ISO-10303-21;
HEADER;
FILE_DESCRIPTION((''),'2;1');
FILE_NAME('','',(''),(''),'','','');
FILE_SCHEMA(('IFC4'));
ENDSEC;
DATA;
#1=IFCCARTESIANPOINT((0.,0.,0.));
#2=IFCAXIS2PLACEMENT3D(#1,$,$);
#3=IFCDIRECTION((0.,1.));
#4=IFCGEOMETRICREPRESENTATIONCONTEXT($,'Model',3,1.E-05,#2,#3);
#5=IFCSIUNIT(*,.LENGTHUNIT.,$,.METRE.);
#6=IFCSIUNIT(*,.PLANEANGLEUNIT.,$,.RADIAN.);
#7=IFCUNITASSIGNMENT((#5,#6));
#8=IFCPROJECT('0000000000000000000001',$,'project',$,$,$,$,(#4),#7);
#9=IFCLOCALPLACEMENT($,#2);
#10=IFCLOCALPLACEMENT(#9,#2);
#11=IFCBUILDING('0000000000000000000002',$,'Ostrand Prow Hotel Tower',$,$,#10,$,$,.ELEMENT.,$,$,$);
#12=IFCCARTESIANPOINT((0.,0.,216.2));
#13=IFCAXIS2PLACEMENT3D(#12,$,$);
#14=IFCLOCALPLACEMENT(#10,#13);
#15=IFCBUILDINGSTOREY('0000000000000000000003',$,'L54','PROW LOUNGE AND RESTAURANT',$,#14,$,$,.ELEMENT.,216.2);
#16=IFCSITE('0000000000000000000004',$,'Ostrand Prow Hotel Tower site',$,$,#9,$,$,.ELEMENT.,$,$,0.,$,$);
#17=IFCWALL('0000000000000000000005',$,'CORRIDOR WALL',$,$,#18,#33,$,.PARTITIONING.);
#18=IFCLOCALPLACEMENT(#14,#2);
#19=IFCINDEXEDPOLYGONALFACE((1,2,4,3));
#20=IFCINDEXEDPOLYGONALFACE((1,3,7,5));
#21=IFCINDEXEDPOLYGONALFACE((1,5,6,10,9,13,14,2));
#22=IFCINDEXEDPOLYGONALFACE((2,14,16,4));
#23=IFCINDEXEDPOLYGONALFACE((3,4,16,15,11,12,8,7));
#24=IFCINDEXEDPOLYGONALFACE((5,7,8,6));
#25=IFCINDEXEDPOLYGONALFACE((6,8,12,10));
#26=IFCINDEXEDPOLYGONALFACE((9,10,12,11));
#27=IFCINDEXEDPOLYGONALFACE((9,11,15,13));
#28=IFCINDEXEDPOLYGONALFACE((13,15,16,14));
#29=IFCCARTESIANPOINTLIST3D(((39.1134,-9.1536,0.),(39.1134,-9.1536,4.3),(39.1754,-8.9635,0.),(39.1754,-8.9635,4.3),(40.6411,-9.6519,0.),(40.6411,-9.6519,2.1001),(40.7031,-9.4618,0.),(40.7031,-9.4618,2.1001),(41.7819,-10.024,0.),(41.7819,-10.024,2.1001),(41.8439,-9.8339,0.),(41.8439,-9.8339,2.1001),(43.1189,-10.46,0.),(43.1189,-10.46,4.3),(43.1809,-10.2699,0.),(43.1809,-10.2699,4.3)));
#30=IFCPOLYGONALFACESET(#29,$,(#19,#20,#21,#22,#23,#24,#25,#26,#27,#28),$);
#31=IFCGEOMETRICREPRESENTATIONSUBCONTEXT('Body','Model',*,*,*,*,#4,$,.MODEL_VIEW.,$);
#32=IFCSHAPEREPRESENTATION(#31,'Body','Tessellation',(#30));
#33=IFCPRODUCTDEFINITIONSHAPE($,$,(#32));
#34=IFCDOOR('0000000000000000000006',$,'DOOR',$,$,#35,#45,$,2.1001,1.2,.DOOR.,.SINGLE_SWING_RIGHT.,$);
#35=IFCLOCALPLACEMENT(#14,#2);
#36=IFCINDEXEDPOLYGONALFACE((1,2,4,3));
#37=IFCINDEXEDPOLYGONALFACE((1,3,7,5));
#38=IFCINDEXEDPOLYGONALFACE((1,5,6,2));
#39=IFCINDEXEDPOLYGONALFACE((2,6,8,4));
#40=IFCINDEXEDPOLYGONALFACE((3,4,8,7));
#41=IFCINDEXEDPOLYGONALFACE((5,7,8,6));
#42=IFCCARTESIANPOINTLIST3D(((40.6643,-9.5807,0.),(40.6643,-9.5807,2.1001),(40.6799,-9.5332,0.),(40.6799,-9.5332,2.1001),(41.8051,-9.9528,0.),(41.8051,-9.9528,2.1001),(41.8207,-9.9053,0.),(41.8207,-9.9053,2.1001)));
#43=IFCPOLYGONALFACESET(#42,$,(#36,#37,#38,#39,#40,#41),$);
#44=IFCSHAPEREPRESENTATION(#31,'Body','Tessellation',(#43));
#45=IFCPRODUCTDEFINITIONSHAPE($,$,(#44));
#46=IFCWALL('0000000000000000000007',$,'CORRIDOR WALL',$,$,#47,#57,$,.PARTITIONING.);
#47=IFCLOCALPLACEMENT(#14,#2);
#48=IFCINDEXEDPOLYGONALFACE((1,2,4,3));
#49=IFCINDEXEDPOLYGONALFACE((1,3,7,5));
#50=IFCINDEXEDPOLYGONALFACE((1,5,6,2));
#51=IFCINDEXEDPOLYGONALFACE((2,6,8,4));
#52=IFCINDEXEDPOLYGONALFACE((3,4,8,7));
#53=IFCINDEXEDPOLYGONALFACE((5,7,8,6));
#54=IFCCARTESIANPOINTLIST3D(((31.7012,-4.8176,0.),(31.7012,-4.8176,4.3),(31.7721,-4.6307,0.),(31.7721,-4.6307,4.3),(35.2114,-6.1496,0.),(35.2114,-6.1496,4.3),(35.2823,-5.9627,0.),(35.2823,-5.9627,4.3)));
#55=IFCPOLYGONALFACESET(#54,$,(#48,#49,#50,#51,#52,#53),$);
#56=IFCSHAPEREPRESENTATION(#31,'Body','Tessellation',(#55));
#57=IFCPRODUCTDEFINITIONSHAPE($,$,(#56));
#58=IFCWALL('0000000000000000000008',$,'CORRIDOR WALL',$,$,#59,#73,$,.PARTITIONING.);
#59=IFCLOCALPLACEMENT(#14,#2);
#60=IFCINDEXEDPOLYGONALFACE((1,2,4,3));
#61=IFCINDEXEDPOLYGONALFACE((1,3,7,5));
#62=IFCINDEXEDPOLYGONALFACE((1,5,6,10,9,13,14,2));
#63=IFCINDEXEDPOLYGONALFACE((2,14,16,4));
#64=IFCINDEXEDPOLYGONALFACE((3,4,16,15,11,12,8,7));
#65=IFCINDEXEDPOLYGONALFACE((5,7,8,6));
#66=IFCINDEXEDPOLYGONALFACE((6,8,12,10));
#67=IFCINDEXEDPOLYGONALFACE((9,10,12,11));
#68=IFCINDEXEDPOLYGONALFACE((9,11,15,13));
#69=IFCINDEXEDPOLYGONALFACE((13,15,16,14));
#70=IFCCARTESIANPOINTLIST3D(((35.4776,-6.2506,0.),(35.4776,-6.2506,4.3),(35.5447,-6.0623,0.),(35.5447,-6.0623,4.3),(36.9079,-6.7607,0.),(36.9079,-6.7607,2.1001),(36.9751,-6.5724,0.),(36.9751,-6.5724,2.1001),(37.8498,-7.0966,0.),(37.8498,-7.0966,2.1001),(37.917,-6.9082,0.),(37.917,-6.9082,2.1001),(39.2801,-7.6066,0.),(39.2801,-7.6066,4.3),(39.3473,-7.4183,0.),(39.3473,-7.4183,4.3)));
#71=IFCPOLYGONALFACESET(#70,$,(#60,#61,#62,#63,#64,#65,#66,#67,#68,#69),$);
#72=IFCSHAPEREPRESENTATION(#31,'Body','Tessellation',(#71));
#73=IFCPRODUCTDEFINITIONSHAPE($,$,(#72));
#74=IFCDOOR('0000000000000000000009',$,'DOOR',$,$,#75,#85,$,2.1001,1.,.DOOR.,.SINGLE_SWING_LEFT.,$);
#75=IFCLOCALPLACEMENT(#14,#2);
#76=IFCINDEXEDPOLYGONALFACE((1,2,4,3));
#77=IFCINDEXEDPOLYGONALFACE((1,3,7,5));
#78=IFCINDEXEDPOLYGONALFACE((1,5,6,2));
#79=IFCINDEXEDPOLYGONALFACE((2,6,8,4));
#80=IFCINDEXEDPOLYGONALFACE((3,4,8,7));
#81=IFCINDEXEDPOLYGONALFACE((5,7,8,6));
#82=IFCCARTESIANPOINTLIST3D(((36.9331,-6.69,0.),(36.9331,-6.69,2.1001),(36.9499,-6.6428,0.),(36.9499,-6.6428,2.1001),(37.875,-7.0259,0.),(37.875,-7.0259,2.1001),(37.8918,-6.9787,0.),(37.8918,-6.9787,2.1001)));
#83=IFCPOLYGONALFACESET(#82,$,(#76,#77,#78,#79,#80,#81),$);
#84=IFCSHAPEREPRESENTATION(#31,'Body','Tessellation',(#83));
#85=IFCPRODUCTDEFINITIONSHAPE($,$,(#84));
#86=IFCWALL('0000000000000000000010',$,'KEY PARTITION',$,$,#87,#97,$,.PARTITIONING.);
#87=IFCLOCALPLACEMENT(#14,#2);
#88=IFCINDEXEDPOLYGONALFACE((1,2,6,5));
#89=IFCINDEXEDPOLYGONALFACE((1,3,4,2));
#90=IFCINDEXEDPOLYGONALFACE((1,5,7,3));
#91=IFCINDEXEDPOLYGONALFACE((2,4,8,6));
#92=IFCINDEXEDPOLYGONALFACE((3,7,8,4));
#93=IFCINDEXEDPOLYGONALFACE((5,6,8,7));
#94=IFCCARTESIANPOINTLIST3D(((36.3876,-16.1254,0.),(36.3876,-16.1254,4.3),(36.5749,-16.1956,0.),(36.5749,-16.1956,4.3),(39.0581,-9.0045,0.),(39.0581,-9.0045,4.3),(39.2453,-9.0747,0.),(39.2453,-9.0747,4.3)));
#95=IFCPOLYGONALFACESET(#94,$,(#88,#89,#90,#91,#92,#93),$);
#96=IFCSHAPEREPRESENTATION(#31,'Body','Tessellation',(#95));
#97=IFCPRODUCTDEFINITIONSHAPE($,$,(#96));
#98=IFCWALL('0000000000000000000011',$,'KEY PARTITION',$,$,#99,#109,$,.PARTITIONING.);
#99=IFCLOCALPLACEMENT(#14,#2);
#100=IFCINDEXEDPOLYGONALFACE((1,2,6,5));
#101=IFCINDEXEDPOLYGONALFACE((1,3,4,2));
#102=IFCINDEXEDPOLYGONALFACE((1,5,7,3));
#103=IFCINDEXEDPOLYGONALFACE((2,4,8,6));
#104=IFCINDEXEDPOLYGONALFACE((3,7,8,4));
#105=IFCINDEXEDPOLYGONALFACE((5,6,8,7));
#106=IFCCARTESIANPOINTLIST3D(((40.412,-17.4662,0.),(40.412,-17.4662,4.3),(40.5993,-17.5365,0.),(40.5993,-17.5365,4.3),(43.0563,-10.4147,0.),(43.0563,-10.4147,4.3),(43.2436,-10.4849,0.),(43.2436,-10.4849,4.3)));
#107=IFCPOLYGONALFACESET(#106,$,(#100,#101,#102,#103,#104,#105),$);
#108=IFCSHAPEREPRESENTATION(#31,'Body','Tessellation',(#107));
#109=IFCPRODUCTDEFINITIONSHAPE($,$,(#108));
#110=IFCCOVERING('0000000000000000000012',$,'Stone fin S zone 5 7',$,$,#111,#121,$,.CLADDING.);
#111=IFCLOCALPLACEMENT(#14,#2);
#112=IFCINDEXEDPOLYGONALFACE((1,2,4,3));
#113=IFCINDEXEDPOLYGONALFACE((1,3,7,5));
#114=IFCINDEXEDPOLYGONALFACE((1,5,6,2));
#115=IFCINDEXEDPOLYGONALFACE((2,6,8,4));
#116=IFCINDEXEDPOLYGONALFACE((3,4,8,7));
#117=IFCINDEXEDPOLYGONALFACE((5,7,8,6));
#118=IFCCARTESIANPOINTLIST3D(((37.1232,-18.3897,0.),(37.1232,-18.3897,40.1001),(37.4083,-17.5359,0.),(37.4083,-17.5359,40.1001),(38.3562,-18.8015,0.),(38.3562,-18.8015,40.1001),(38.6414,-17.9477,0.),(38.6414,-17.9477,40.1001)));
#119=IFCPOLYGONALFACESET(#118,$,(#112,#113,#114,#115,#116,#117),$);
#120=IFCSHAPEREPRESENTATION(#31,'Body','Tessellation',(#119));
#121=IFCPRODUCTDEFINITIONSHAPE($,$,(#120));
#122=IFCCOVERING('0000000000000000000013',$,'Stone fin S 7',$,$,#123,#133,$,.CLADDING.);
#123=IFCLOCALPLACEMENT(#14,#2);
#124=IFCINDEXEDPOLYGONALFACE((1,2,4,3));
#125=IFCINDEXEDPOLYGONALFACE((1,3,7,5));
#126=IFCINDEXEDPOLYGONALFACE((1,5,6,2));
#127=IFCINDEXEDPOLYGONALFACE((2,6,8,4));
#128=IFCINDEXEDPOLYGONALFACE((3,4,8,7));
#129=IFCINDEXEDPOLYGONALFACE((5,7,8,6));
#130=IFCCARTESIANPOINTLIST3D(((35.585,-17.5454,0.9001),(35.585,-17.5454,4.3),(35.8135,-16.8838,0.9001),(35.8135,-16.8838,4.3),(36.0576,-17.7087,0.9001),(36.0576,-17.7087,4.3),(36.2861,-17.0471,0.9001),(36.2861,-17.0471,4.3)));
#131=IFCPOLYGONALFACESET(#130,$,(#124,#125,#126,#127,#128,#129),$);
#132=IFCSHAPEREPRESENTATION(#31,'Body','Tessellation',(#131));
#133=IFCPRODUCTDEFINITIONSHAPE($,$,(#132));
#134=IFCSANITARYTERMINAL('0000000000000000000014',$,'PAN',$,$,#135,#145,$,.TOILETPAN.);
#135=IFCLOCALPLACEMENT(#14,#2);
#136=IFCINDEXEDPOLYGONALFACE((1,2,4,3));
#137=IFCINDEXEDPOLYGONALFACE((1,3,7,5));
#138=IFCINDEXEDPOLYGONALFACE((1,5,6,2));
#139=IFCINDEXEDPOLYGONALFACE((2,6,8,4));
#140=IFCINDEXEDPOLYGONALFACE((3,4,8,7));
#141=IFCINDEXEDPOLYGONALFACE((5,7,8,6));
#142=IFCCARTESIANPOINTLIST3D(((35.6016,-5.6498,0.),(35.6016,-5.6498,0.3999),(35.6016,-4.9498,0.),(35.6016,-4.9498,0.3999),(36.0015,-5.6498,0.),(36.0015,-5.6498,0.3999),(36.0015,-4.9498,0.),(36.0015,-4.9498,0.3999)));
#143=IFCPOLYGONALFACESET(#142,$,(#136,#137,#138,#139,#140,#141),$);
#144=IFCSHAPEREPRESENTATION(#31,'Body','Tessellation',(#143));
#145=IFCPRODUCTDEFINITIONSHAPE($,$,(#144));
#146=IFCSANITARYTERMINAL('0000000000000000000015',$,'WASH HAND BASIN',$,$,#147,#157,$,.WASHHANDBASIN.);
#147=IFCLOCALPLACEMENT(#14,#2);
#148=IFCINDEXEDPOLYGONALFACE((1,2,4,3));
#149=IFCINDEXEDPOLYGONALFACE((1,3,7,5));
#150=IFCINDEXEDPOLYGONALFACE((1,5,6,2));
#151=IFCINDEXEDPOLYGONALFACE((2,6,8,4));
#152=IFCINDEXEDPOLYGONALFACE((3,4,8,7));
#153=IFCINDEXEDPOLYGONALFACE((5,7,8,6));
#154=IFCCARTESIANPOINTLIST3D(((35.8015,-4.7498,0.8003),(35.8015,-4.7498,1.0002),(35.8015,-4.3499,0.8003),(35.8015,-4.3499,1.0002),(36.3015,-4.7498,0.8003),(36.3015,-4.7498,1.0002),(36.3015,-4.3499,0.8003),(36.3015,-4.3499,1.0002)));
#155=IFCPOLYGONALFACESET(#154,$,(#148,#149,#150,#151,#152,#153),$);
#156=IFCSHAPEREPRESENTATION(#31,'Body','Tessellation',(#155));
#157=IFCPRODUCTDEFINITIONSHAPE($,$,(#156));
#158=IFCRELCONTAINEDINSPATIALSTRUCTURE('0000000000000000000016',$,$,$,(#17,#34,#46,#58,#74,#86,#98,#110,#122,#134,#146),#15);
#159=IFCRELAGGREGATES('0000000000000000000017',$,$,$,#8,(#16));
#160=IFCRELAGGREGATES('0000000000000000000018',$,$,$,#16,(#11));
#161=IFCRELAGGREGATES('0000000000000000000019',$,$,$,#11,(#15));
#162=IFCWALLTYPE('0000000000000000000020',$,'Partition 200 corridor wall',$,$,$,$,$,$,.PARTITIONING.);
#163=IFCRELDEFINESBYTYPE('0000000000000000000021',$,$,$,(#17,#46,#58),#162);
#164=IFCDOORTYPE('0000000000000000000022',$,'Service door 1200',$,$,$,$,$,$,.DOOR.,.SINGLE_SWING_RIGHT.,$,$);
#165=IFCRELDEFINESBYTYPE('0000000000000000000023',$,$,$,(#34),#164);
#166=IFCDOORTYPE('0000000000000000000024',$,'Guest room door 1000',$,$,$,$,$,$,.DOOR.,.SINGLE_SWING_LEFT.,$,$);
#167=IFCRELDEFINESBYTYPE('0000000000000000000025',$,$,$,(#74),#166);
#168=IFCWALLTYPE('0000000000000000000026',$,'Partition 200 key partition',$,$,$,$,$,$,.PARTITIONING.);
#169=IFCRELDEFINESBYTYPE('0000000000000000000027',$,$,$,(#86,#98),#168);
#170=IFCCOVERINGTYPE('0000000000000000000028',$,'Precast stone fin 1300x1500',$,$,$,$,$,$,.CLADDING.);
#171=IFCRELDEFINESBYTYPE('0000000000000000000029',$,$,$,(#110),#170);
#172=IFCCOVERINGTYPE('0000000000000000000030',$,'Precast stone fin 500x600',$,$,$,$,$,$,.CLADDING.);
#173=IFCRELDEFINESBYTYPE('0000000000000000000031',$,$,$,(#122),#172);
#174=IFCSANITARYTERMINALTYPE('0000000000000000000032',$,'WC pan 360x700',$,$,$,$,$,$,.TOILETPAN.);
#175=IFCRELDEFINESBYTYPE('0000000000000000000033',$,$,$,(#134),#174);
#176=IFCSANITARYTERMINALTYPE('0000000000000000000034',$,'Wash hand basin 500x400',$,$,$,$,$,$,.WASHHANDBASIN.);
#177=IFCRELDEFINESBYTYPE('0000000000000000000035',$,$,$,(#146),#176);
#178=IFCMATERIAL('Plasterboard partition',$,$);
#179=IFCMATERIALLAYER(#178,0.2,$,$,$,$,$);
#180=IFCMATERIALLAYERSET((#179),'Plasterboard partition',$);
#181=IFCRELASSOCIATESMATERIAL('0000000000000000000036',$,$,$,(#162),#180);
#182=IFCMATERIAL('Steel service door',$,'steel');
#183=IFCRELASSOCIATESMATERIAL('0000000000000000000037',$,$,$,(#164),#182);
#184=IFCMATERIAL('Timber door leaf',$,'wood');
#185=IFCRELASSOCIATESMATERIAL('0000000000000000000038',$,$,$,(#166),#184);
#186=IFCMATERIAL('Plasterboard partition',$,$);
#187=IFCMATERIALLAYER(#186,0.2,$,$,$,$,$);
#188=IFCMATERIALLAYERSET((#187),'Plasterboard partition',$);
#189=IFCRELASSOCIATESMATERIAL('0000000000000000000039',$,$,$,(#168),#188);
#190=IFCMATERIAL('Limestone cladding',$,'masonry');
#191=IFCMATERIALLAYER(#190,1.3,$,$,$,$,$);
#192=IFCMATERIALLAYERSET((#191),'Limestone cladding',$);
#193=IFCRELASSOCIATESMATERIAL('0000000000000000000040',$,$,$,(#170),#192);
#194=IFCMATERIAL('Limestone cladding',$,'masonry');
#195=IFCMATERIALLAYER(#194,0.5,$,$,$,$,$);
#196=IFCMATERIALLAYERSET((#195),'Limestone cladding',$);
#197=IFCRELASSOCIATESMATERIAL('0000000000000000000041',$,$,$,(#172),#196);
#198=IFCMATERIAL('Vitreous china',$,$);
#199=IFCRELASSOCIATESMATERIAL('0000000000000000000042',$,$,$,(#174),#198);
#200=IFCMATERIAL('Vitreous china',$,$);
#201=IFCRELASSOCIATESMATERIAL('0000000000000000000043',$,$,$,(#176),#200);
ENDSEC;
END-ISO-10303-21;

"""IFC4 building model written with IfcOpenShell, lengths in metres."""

from ifc_helpers import new_model, si_unit, direction, frame, frame_2d, origin, origin_2d, place, context, subcontext, project, spatial, rectangle, extrude, material, layer, layer_set, type_object, element, fill, save


model = new_model("IFC4")

# Units and contexts
model_context = context("Model", 3, precision=1e-05, world=origin(), true_north=direction((0.0, 1.0)))
body_context = subcontext(model_context, "Body", "Model", "MODEL_VIEW")
ifc_project = project(units=[si_unit("LENGTHUNIT", "METRE"), si_unit("PLANEANGLEUNIT", "RADIAN")], contexts=[model_context])

# Site, building, storey
site_placement = place(None, origin())
site = spatial("IfcSite", under=ifc_project, at=site_placement, Name="Ostrand Prow Hotel Tower site", CompositionType="ELEMENT", RefElevation=0.0)
building_placement = place(site_placement, origin())
building = spatial("IfcBuilding", under=site, at=building_placement, Name="Ostrand Prow Hotel Tower", CompositionType="ELEMENT")
storey_placement = place(building_placement, frame((0.0, 0.0, 216.2)))
storey = spatial("IfcBuildingStorey", under=building, at=storey_placement, Name="L54", Description="PROW LOUNGE AND RESTAURANT", CompositionType="ELEMENT", Elevation=216.2)

# Wall, opening, door
ifc_material_1 = material(Name="Plasterboard partition")
ifc_layer_1 = layer(ifc_material_1, 0.2)
ifc_layer_set_1 = layer_set([ifc_layer_1], Name="Plasterboard partition")
wall_type_1 = type_object("IfcWallType", Name="Partition 200 corridor wall", PredefinedType="PARTITIONING", material=ifc_layer_set_1)
wall_1_placement = place(storey_placement, frame((39.1445, -9.0586, 0.0), z_axis=(0.0, 0.0, 1.0), x_axis=(0.950709, -0.310084, 0.0)))
wall_1 = element("IfcWall", 1, at=wall_1_placement, inside=storey, type_object=wall_type_1, Name="CORRIDOR WALL", PredefinedType="PARTITIONING", context=body_context, shape_type="SweptSolid", body=[
    extrude(rectangle(XDim=4.2131, YDim=0.2, at=frame_2d((2.1064, 0.0))), origin(), (0.0, 0.0, 1.0), 4.3),
])
opening_1_placement = place(wall_1_placement, frame((1.6067, 0.0, 0.0)))
opening_1 = element("IfcOpeningElement", 2, at=opening_1_placement, cuts=wall_1, PredefinedType="OPENING", context=body_context, shape_type="SweptSolid", body=[
    extrude(rectangle(XDim=1.2, YDim=2.1001, at=frame_2d((0.6001, 1.05))), frame((0.0, 0.1099, 0.0), z_axis=(0.0, -1.0, 0.0), x_axis=(1.0, 0.0, 0.0)), (0.0, 0.0, 1.0), 0.22),
])
ifc_material_2 = material(Name="Steel service door", Category="steel")
door_type_1 = type_object("IfcDoorType", Name="Service door 1200", OperationType="SINGLE_SWING_RIGHT", PredefinedType="DOOR", material=ifc_material_2)
door_1_placement = place(opening_1_placement, origin())
door_1 = element("IfcDoor", 3, at=door_1_placement, inside=storey, type_object=door_type_1, Name="DOOR", OperationType="SINGLE_SWING_RIGHT", OverallHeight=2.1001, OverallWidth=1.2, PredefinedType="DOOR", context=body_context, shape_type="SweptSolid", body=[
    extrude(rectangle(XDim=1.2, YDim=2.1001, at=frame_2d((0.6001, 1.05))), frame((0.0, 0.0249, 0.0), z_axis=(0.0, -1.0, 0.0), x_axis=(1.0, 0.0, 0.0)), (0.0, 0.0, 1.0), 0.05),
])
fill(opening_1, door_1)

# Wall
wall_2_placement = place(storey_placement, frame((35.2468, -6.0562, 0.0), z_axis=(0.0, 0.0, 1.0), x_axis=(-0.934948, 0.354784, 0.0)))
element("IfcWall", 4, at=wall_2_placement, inside=storey, type_object=wall_type_1, Name="CORRIDOR WALL", PredefinedType="PARTITIONING", context=body_context, shape_type="SweptSolid", body=[
    extrude(rectangle(XDim=3.7544, YDim=0.2, at=frame_2d((1.8772, 0.0))), origin(), (0.0, 0.0, 1.0), 4.3),
])

# Wall, opening, door
wall_3_placement = place(storey_placement, frame((39.3137, -7.5125, 0.0), z_axis=(0.0, 0.0, 1.0), x_axis=(-0.941905, 0.33588, 0.0)))
wall_3 = element("IfcWall", 5, at=wall_3_placement, inside=storey, type_object=wall_type_1, Name="CORRIDOR WALL", PredefinedType="PARTITIONING", context=body_context, shape_type="SweptSolid", body=[
    extrude(rectangle(XDim=4.0371, YDim=0.2, at=frame_2d((2.0186, 0.0))), origin(), (0.0, 0.0, 1.0), 4.3),
])
opening_2_placement = place(wall_3_placement, frame((1.5186, 0.0, 0.0)))
opening_2 = element("IfcOpeningElement", 6, at=opening_2_placement, cuts=wall_3, PredefinedType="OPENING", context=body_context, shape_type="SweptSolid", body=[
    extrude(rectangle(XDim=1.0, YDim=2.1001, at=frame_2d((0.5, 1.05))), frame((0.0, 0.1099, 0.0), z_axis=(0.0, -1.0, 0.0), x_axis=(1.0, 0.0, 0.0)), (0.0, 0.0, 1.0), 0.22),
])
ifc_material_3 = material(Name="Timber door leaf", Category="wood")
door_type_2 = type_object("IfcDoorType", Name="Guest room door 1000", OperationType="SINGLE_SWING_LEFT", PredefinedType="DOOR", material=ifc_material_3)
door_2_placement = place(opening_2_placement, origin())
door_2 = element("IfcDoor", 7, at=door_2_placement, inside=storey, type_object=door_type_2, Name="DOOR", OperationType="SINGLE_SWING_LEFT", OverallHeight=2.1001, OverallWidth=1.0, PredefinedType="DOOR", context=body_context, shape_type="SweptSolid", body=[
    extrude(rectangle(XDim=1.0, YDim=2.1001, at=frame_2d((0.5, 1.05))), frame((0.0, 0.0249, 0.0), z_axis=(0.0, -1.0, 0.0), x_axis=(1.0, 0.0, 0.0)), (0.0, 0.0, 1.0), 0.05),
])
fill(opening_2, door_2)

# Walls
ifc_material_4 = material(Name="Plasterboard partition")
ifc_layer_2 = layer(ifc_material_4, 0.2)
ifc_layer_set_2 = layer_set([ifc_layer_2], Name="Plasterboard partition")
wall_type_2 = type_object("IfcWallType", Name="Partition 200 key partition", PredefinedType="PARTITIONING", material=ifc_layer_set_2)
wall_4_placement = place(storey_placement, frame((36.4812, -16.1606, 0.0), z_axis=(0.0, 0.0, 1.0), x_axis=(0.351134, 0.936325, 0.0)))
element("IfcWall", 8, at=wall_4_placement, inside=storey, type_object=wall_type_2, Name="KEY PARTITION", PredefinedType="PARTITIONING", context=body_context, shape_type="SweptSolid", body=[
    extrude(rectangle(XDim=7.6052, YDim=0.2, at=frame_2d((3.8027, 0.0))), origin(), (0.0, 0.0, 1.0), 4.3),
])
wall_5_placement = place(storey_placement, frame((40.5056, -17.5015, 0.0), z_axis=(0.0, 0.0, 1.0), x_axis=(0.35112, 0.936331, 0.0)))
element("IfcWall", 9, at=wall_5_placement, inside=storey, type_object=wall_type_2, Name="KEY PARTITION", PredefinedType="PARTITIONING", context=body_context, shape_type="SweptSolid", body=[
    extrude(rectangle(XDim=7.531, YDim=0.2, at=frame_2d((3.7656, 0.0))), origin(), (0.0, 0.0, 1.0), 4.3),
])

# Coverings
ifc_material_5 = material(Name="Limestone cladding", Category="masonry")
ifc_layer_3 = layer(ifc_material_5, 1.3)
ifc_layer_set_3 = layer_set([ifc_layer_3], Name="Limestone cladding")
covering_type_1 = type_object("IfcCoveringType", Name="Precast stone fin 1300x1500", PredefinedType="CLADDING", material=ifc_layer_set_3)
covering_1_placement = place(storey_placement, frame((38.0249, -17.7417, 0.0), z_axis=(0.0, 0.0, 1.0), x_axis=(-0.316797, -0.948493, 0.0)))
element("IfcCovering", 10, at=covering_1_placement, inside=storey, type_object=covering_type_1, Name="Stone fin S zone 5 7", PredefinedType="CLADDING", context=body_context, shape_type="SweptSolid", body=[
    extrude(rectangle(XDim=0.9001, YDim=1.3, at=frame_2d((0.4502, 0.0))), origin(), (0.0, 0.0, 1.0), 40.1001),
])
ifc_material_6 = material(Name="Limestone cladding", Category="masonry")
ifc_layer_4 = layer(ifc_material_6, 0.5)
ifc_layer_set_4 = layer_set([ifc_layer_4], Name="Limestone cladding")
covering_type_2 = type_object("IfcCoveringType", Name="Precast stone fin 500x600", PredefinedType="CLADDING", material=ifc_layer_set_4)
covering_2_placement = place(storey_placement, frame((36.0498, -16.9653, 0.9001), z_axis=(0.0, 0.0, 1.0), x_axis=(-0.326464, -0.94521, 0.0)))
element("IfcCovering", 11, at=covering_2_placement, inside=storey, type_object=covering_type_2, Name="Stone fin S 7", PredefinedType="CLADDING", context=body_context, shape_type="SweptSolid", body=[
    extrude(rectangle(XDim=0.7, YDim=0.5, at=frame_2d((0.3501, 0.0))), origin(), (0.0, 0.0, 1.0), 3.3999),
])

# Sanitary terminals
ifc_material_7 = material(Name="Vitreous china")
sanitary_terminal_type_1 = type_object("IfcSanitaryTerminalType", Name="WC pan 360x700", PredefinedType="TOILETPAN", material=ifc_material_7)
sanitary_terminal_1_placement = place(storey_placement, frame((35.8015, -5.2998, 0.0), z_axis=(0.0, 0.0, 1.0), x_axis=(1.0, 0.0, 0.0)))
element("IfcSanitaryTerminal", 12, at=sanitary_terminal_1_placement, inside=storey, type_object=sanitary_terminal_type_1, Name="PAN", PredefinedType="TOILETPAN", context=body_context, shape_type="SweptSolid", body=[
    extrude(rectangle(XDim=0.3999, YDim=0.7, at=origin_2d()), origin(), (0.0, 0.0, 1.0), 0.3999),
])
ifc_material_8 = material(Name="Vitreous china")
sanitary_terminal_type_2 = type_object("IfcSanitaryTerminalType", Name="Wash hand basin 500x400", PredefinedType="WASHHANDBASIN", material=ifc_material_8)
sanitary_terminal_2_placement = place(storey_placement, frame((36.0515, -4.5498, 0.8003), z_axis=(0.0, 0.0, 1.0), x_axis=(1.0, 0.0, 0.0)))
element("IfcSanitaryTerminal", 13, at=sanitary_terminal_2_placement, inside=storey, type_object=sanitary_terminal_type_2, Name="WASH HAND BASIN", PredefinedType="WASHHANDBASIN", context=body_context, shape_type="SweptSolid", body=[
    extrude(rectangle(XDim=0.5, YDim=0.3999, at=origin_2d()), origin(), (0.0, 0.0, 1.0), 0.2),
])

save(model, "model.ifc")
